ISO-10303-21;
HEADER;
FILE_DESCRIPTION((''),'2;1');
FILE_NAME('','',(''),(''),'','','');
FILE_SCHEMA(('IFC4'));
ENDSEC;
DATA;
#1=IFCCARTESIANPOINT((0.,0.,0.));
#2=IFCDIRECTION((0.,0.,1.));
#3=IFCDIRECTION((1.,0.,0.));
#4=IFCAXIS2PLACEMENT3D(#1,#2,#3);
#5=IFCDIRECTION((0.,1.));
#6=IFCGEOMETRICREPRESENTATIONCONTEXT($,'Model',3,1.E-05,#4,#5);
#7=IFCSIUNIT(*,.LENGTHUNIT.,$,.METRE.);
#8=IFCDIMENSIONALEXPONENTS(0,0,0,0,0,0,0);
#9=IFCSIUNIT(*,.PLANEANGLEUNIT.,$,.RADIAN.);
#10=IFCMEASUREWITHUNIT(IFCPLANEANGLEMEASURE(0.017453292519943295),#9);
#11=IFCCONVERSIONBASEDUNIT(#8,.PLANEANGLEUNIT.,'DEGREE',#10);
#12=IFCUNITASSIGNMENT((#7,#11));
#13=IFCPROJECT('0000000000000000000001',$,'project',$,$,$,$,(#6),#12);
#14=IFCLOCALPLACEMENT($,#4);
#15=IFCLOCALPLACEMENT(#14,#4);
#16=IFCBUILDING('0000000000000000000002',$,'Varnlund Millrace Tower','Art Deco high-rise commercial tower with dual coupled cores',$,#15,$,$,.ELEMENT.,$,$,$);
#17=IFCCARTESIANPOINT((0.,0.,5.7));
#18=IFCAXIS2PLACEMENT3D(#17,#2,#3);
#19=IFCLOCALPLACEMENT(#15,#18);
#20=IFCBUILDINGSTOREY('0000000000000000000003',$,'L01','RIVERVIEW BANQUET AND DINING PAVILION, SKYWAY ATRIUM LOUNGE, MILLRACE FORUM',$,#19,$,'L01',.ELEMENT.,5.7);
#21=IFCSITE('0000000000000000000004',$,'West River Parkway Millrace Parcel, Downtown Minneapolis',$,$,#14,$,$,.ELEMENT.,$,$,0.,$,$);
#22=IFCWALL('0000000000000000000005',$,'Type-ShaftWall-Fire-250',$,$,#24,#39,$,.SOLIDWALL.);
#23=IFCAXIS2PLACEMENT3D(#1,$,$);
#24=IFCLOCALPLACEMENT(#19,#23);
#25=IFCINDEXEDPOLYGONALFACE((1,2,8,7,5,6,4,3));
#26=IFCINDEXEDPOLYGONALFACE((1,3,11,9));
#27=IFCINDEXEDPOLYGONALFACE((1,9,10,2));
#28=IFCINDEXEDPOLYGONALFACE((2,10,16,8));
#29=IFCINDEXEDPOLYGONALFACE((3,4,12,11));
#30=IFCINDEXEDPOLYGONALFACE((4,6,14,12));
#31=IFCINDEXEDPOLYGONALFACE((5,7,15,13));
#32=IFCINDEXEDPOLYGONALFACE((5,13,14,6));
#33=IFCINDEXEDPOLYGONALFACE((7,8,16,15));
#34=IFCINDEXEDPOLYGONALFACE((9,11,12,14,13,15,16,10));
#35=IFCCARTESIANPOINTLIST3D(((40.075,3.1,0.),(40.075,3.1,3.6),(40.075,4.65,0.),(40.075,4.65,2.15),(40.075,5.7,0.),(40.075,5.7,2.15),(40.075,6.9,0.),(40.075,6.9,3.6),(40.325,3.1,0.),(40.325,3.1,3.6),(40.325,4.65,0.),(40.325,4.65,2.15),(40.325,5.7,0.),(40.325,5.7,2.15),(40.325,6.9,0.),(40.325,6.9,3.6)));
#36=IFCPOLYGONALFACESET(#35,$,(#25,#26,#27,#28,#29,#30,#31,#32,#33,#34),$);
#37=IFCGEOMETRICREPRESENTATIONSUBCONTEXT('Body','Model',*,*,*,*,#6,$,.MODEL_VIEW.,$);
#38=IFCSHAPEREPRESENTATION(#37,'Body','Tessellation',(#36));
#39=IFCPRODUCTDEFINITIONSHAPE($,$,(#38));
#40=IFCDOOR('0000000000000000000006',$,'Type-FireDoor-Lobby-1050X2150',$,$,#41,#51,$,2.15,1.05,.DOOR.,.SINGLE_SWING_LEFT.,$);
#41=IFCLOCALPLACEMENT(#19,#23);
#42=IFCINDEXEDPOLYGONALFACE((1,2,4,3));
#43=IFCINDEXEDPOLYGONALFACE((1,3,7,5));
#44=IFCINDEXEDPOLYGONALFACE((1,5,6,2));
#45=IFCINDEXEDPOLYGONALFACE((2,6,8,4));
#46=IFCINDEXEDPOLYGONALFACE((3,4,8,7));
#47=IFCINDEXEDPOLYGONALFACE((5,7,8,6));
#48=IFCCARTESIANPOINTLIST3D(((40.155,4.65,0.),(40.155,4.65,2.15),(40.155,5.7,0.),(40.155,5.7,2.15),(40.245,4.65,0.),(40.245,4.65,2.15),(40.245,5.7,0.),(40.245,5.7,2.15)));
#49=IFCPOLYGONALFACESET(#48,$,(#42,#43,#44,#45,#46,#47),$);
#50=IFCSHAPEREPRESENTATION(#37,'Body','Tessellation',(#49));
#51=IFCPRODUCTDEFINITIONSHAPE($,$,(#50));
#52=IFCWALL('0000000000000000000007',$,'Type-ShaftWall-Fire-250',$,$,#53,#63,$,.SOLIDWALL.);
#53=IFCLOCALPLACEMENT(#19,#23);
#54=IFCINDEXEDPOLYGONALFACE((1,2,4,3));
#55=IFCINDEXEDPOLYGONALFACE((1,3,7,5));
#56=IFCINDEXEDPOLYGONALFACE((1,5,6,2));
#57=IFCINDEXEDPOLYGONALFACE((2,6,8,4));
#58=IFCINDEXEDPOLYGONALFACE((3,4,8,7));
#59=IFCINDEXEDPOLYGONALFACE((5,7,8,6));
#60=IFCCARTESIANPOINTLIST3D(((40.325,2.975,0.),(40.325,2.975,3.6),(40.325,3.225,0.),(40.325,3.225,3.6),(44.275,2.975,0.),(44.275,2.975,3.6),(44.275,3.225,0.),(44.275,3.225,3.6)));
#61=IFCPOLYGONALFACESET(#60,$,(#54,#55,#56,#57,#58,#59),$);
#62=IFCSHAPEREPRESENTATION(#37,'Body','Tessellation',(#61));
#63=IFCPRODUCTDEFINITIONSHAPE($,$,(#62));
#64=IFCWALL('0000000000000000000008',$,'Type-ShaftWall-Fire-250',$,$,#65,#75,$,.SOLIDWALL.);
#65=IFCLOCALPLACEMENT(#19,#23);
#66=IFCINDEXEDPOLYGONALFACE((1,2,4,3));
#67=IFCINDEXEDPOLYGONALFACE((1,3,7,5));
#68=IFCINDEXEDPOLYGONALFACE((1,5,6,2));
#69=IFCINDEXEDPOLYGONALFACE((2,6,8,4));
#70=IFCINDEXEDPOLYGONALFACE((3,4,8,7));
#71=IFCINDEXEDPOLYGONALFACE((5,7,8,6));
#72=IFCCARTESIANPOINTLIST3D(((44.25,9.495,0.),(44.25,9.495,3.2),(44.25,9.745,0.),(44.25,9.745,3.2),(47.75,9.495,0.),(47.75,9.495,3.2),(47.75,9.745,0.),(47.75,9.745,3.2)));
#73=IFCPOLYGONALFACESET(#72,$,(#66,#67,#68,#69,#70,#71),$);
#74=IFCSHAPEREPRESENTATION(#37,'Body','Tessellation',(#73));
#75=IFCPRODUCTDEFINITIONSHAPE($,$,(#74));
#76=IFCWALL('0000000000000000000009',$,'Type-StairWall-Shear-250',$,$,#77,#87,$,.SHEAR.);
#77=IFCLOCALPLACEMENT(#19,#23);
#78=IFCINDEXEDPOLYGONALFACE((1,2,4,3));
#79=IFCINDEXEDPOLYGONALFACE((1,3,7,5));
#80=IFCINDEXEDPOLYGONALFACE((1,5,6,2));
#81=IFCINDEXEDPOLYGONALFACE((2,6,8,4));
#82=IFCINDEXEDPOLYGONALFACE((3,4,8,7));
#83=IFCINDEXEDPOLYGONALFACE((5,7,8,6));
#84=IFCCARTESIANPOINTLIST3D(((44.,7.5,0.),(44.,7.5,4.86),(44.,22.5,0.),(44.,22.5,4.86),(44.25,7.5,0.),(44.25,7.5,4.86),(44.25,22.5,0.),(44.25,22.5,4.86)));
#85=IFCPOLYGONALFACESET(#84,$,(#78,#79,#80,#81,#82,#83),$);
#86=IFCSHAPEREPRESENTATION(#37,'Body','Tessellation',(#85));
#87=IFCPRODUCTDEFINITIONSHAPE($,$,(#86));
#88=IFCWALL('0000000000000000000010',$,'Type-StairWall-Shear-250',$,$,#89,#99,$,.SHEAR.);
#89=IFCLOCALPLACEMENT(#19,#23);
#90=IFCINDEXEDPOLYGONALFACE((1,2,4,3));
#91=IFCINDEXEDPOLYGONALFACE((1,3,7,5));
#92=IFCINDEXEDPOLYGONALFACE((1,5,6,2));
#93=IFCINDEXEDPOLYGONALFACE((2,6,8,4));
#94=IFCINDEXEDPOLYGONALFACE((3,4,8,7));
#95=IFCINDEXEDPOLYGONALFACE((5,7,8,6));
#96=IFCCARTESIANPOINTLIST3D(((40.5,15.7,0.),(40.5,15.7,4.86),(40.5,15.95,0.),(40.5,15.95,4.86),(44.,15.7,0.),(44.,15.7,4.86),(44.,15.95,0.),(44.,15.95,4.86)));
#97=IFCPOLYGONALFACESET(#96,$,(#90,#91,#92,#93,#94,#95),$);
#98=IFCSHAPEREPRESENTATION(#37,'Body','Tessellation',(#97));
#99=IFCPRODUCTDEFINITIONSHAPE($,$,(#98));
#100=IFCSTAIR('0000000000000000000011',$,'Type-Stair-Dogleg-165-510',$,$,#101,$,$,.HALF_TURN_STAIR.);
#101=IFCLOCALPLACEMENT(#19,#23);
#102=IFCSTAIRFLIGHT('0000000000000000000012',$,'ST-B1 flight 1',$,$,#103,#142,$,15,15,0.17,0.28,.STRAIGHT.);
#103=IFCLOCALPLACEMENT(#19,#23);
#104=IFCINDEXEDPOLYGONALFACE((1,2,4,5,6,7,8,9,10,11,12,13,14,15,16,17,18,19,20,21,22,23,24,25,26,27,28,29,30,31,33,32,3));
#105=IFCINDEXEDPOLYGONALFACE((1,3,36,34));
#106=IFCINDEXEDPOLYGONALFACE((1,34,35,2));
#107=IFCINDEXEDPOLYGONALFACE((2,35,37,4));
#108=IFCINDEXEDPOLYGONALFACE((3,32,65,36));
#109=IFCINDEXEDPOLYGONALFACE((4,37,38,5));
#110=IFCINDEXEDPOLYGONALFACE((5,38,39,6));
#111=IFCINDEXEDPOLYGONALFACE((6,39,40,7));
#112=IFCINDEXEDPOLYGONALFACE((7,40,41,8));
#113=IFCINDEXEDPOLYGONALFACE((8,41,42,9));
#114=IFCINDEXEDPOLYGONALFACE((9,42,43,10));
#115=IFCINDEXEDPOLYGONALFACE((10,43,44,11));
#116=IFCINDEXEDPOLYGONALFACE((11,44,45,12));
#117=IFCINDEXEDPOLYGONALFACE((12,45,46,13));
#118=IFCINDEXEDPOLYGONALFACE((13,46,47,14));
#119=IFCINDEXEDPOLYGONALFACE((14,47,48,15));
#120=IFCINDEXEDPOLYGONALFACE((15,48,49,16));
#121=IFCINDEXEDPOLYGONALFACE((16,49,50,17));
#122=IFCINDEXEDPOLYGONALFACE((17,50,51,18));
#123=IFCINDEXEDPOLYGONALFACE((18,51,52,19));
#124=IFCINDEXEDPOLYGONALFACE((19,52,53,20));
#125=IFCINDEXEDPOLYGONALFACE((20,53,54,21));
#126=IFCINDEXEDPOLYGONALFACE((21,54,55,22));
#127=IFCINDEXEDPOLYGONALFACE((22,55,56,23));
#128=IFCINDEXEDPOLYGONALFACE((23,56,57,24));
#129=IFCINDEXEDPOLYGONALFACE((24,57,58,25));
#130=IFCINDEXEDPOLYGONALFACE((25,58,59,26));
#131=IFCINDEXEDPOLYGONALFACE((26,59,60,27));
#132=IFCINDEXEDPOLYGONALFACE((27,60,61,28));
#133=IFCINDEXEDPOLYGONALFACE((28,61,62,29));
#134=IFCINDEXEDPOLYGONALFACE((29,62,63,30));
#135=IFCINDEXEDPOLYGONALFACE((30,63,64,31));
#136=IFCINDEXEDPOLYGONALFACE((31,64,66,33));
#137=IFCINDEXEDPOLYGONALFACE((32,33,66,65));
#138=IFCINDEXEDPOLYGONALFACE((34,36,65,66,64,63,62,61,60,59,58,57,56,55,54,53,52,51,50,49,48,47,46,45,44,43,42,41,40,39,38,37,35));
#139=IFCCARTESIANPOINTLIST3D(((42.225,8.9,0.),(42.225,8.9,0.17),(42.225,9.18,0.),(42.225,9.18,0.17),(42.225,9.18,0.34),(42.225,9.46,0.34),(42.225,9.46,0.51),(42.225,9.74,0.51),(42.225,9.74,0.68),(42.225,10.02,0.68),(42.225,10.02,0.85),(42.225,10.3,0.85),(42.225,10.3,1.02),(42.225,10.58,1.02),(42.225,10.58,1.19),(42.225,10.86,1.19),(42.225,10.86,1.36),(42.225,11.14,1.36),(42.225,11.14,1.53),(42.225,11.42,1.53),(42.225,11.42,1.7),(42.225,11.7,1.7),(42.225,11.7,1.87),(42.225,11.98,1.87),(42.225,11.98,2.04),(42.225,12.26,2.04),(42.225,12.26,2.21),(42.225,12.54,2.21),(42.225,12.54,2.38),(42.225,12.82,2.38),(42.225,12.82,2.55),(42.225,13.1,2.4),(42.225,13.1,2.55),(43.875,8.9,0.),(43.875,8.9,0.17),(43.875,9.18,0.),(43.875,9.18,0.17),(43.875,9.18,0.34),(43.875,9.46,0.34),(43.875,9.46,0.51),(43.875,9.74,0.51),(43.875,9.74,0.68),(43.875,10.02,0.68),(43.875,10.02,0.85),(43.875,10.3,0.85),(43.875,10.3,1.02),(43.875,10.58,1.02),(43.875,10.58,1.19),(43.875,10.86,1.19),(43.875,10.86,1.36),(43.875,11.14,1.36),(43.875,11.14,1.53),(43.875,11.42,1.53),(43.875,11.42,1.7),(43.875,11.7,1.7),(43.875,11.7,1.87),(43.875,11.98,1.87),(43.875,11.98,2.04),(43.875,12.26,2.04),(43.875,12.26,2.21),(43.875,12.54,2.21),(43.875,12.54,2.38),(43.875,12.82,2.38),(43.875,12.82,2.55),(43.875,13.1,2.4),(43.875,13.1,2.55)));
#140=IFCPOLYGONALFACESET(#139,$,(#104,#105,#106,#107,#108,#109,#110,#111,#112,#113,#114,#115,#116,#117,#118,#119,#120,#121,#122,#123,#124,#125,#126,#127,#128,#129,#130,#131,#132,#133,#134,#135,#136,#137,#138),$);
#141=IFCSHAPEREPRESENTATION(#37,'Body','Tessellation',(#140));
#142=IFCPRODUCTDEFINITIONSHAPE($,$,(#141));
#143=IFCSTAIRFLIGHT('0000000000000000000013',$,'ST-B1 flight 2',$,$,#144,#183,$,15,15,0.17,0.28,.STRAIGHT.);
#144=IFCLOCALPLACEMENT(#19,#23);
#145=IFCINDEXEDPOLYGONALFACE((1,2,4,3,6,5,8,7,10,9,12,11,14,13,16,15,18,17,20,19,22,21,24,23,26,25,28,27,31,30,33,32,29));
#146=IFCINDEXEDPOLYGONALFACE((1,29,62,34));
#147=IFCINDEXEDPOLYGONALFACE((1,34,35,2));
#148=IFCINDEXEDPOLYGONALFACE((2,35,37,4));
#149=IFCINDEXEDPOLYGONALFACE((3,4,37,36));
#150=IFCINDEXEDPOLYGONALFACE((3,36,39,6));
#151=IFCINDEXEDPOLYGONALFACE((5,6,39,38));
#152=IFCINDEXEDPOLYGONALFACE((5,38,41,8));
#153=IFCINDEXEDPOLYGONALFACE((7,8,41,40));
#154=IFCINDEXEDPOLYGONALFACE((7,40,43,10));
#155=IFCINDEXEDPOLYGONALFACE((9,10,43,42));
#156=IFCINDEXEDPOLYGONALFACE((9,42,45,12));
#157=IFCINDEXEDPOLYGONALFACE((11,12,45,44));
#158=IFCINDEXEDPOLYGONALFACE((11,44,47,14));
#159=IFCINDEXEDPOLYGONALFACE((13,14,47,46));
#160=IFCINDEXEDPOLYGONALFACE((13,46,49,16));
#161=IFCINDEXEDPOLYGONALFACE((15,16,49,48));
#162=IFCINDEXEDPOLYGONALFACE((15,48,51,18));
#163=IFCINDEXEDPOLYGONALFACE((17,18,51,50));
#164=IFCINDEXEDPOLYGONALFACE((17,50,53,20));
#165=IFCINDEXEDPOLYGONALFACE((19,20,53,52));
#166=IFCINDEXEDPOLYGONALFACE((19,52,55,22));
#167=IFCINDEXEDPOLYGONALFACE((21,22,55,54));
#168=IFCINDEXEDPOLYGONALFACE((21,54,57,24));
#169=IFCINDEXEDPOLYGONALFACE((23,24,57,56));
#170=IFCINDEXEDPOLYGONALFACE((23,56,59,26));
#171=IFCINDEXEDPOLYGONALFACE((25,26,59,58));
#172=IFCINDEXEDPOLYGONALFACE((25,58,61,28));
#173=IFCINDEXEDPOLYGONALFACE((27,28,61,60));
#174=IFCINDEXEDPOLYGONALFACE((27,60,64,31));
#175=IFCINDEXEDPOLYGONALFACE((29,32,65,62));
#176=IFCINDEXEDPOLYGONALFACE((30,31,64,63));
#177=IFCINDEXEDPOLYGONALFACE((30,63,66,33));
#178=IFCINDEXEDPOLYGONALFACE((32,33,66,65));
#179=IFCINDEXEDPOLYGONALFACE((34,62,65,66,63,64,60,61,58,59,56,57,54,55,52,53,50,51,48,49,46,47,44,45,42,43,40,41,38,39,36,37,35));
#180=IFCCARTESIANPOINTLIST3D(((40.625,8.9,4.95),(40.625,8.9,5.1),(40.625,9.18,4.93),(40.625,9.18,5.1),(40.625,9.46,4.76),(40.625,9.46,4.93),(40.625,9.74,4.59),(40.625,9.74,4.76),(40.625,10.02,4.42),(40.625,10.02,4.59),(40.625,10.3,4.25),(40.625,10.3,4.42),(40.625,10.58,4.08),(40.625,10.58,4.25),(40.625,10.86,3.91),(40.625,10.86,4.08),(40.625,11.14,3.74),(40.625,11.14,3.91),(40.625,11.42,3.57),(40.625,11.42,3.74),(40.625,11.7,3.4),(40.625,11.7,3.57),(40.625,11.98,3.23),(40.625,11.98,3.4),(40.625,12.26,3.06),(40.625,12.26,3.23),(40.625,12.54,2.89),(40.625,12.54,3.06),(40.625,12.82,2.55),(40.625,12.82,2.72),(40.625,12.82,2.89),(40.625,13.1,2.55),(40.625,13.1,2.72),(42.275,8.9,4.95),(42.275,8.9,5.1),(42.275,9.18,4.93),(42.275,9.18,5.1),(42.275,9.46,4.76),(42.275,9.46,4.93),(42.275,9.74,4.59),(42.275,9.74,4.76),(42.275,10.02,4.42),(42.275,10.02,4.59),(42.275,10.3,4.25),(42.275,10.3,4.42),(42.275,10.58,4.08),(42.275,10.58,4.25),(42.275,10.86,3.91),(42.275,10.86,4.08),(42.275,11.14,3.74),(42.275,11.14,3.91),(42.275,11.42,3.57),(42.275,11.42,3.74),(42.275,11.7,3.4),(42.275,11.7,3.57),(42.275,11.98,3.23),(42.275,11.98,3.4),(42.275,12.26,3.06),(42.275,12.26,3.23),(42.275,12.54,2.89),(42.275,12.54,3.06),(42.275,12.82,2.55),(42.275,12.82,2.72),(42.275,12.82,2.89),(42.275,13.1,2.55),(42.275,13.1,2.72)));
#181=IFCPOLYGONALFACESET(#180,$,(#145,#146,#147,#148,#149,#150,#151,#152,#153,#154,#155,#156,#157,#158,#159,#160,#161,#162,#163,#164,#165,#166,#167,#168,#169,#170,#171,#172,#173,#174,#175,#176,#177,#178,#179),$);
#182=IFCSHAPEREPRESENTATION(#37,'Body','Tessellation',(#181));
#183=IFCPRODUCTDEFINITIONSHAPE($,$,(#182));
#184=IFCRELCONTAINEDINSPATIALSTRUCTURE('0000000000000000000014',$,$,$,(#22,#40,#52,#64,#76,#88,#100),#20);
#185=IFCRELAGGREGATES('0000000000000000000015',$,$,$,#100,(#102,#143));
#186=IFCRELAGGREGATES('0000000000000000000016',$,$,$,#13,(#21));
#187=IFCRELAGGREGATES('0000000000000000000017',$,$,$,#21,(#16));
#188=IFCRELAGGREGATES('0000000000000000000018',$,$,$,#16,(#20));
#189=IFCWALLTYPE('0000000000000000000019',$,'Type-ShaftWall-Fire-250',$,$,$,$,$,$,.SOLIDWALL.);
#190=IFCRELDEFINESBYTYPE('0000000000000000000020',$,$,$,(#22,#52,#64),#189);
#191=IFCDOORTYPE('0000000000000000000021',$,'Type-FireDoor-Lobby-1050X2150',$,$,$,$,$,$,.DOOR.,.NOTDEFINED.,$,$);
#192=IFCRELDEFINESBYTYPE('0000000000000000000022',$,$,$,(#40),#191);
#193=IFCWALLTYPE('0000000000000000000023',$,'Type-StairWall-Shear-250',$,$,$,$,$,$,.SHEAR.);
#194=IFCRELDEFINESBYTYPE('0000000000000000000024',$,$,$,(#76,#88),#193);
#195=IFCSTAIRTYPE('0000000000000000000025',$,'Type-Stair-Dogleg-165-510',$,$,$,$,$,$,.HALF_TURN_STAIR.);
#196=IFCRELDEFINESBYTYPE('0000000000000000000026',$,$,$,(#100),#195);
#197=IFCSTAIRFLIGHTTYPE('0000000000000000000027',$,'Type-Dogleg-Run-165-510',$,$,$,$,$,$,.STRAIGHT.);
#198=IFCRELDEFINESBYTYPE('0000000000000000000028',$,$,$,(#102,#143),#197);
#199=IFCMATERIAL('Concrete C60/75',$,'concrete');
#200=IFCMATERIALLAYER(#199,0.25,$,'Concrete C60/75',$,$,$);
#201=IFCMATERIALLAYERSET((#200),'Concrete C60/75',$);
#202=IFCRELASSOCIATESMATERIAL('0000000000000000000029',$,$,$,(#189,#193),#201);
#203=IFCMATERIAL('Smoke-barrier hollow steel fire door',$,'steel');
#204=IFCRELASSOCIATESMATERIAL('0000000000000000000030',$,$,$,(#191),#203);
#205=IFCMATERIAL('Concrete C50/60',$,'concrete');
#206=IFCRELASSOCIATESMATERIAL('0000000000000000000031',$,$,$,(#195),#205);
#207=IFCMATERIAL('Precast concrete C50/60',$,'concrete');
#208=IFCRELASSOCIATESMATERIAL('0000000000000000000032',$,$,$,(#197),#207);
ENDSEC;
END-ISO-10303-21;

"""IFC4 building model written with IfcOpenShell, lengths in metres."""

from ifc_helpers import new_model, entity, si_unit, converted_unit, direction, frame, origin_with_axes, origin_2d_with_axis, place, context, subcontext, project, spatial, polyline, rectangle, outline, extrude, material, layer, layer_set, type_object, element, fill, aggregate, save


model = new_model("IFC4")

# Units and contexts
model_context = context("Model", 3, precision=1e-05, world=origin_with_axes(), true_north=direction((0.0, 1.0)))
body_context = subcontext(model_context, "Body", "Model", "MODEL_VIEW")
ifc_project = project(units=[si_unit("LENGTHUNIT", "METRE"), converted_unit("PLANEANGLEUNIT", "DEGREE", entity("IfcPlaneAngleMeasure", 0.017453292519943295), si_unit("PLANEANGLEUNIT", "RADIAN"), dimensions=[0, 0, 0, 0, 0, 0, 0])], contexts=[model_context])

# Site, building, storey
site_placement = place(None, origin_with_axes())
site = spatial("IfcSite", under=ifc_project, at=site_placement, Name="West River Parkway Millrace Parcel, Downtown Minneapolis", CompositionType="ELEMENT", RefElevation=0.0)
building_placement = place(site_placement, origin_with_axes())
building = spatial("IfcBuilding", under=site, at=building_placement, Name="Varnlund Millrace Tower", Description="Art Deco high-rise commercial tower with dual coupled cores", CompositionType="ELEMENT")
storey_placement = place(building_placement, frame((0.0, 0.0, 5.7), z_axis=(0.0, 0.0, 1.0), x_axis=(1.0, 0.0, 0.0)))
storey = spatial("IfcBuildingStorey", under=building, at=storey_placement, Name="L01", Description="RIVERVIEW BANQUET AND DINING PAVILION, SKYWAY ATRIUM LOUNGE, MILLRACE FORUM", LongName="L01", CompositionType="ELEMENT", Elevation=5.7)

# Shared definitions
ifc_material_1 = material(Name="Concrete C60/75", Category="concrete")
ifc_layer_1 = layer(ifc_material_1, 0.25, Name="Concrete C60/75")
ifc_layer_set_1 = layer_set([ifc_layer_1], Name="Concrete C60/75")
wall_type_1 = type_object("IfcWallType", Name="Type-ShaftWall-Fire-250", PredefinedType="SOLIDWALL", material=ifc_layer_set_1)

# Wall, opening, door
wall_1_placement = place(storey_placement, frame((40.2, 3.1, 0.0), z_axis=(0.0, 0.0, 1.0), x_axis=(0.0, 1.0, 0.0)))
wall_1 = element("IfcWall", 1, at=wall_1_placement, inside=storey, type_object=wall_type_1, Name="Type-ShaftWall-Fire-250", PredefinedType="SOLIDWALL", context=body_context, shape_type="SweptSolid", body=[
    extrude(outline(polyline([(0.0, -0.125), (3.8, -0.125), (3.8, 0.125), (0.0, 0.125), (0.0, -0.125)])), origin_with_axes(), (0.0, 0.0, 1.0), 3.6),
])
opening_1_placement = place(wall_1_placement, frame((2.075, 0.0, 0.0), z_axis=(0.0, 0.0, 1.0), x_axis=(1.0, 0.0, 0.0)))
opening_1 = element("IfcOpeningElement", 2, at=opening_1_placement, cuts=wall_1, PredefinedType="OPENING", context=body_context, shape_type="SweptSolid", body=[
    extrude(rectangle(XDim=1.05, YDim=0.27, at=origin_2d_with_axis()), origin_with_axes(), (0.0, 0.0, 1.0), 2.15),
])
ifc_material_2 = material(Name="Smoke-barrier hollow steel fire door", Category="steel")
door_type_1 = type_object("IfcDoorType", Name="Type-FireDoor-Lobby-1050X2150", OperationType="NOTDEFINED", PredefinedType="DOOR", material=ifc_material_2)
door_1_placement = place(wall_1_placement, frame((2.075, 0.0, 0.0), z_axis=(0.0, 0.0, 1.0), x_axis=(1.0, 0.0, 0.0)))
door_1 = element("IfcDoor", 3, at=door_1_placement, inside=storey, type_object=door_type_1, Name="Type-FireDoor-Lobby-1050X2150", OperationType="SINGLE_SWING_LEFT", OverallHeight=2.15, OverallWidth=1.05, PredefinedType="DOOR", context=body_context, shape_type="SweptSolid", body=[
    extrude(rectangle(XDim=1.05, YDim=0.09, at=origin_2d_with_axis()), origin_with_axes(), (0.0, 0.0, 1.0), 2.15),
])
fill(opening_1, door_1)

# Walls
wall_2_placement = place(storey_placement, frame((40.325, 3.1, 0.0), z_axis=(0.0, 0.0, 1.0), x_axis=(1.0, 0.0, 0.0)))
element("IfcWall", 4, at=wall_2_placement, inside=storey, type_object=wall_type_1, Name="Type-ShaftWall-Fire-250", PredefinedType="SOLIDWALL", context=body_context, shape_type="SweptSolid", body=[
    extrude(outline(polyline([(0.0, -0.125), (3.95, -0.125), (3.95, 0.125), (0.0, 0.125), (0.0, -0.125)])), origin_with_axes(), (0.0, 0.0, 1.0), 3.6),
])
wall_3_placement = place(storey_placement, frame((44.25, 9.62, 0.0), z_axis=(0.0, 0.0, 1.0), x_axis=(1.0, 0.0, 0.0)))
element("IfcWall", 5, at=wall_3_placement, inside=storey, type_object=wall_type_1, Name="Type-ShaftWall-Fire-250", PredefinedType="SOLIDWALL", context=body_context, shape_type="SweptSolid", body=[
    extrude(outline(polyline([(0.0, -0.125), (3.5, -0.125), (3.5, 0.125), (0.0, 0.125), (0.0, -0.125)])), origin_with_axes(), (0.0, 0.0, 1.0), 3.2),
])
wall_type_2 = type_object("IfcWallType", Name="Type-StairWall-Shear-250", PredefinedType="SHEAR", material=ifc_layer_set_1)
wall_4_placement = place(storey_placement, frame((44.125, 7.5, 0.0), z_axis=(0.0, 0.0, 1.0), x_axis=(0.0, 1.0, 0.0)))
element("IfcWall", 6, at=wall_4_placement, inside=storey, type_object=wall_type_2, Name="Type-StairWall-Shear-250", PredefinedType="SHEAR", context=body_context, shape_type="SweptSolid", body=[
    extrude(outline(polyline([(0.0, -0.125), (15.0, -0.125), (15.0, 0.125), (0.0, 0.125), (0.0, -0.125)])), origin_with_axes(), (0.0, 0.0, 1.0), 4.86),
])
wall_5_placement = place(storey_placement, frame((40.5, 15.825, 0.0), z_axis=(0.0, 0.0, 1.0), x_axis=(1.0, 0.0, 0.0)))
element("IfcWall", 7, at=wall_5_placement, inside=storey, type_object=wall_type_2, Name="Type-StairWall-Shear-250", PredefinedType="SHEAR", context=body_context, shape_type="SweptSolid", body=[
    extrude(outline(polyline([(0.0, -0.125), (3.5, -0.125), (3.5, 0.125), (0.0, 0.125), (0.0, -0.125)])), origin_with_axes(), (0.0, 0.0, 1.0), 4.86),
])

# Stair, stair flights
ifc_material_3 = material(Name="Concrete C50/60", Category="concrete")
stair_type = type_object("IfcStairType", Name="Type-Stair-Dogleg-165-510", PredefinedType="HALF_TURN_STAIR", material=ifc_material_3)
stair_placement = place(storey_placement, origin_with_axes())
stair = element("IfcStair", 8, at=stair_placement, inside=storey, type_object=stair_type, Name="Type-Stair-Dogleg-165-510", PredefinedType="HALF_TURN_STAIR")
ifc_material_4 = material(Name="Precast concrete C50/60", Category="concrete")
stair_flight_type = type_object("IfcStairFlightType", Name="Type-Dogleg-Run-165-510", PredefinedType="STRAIGHT", material=ifc_material_4)
stair_flight_1_placement = place(storey_placement, frame((42.225, 8.9, 0.0), z_axis=(1.0, 0.0, 0.0), x_axis=(0.0, 1.0, 0.0)))
stair_flight_1 = element("IfcStairFlight", 9, at=stair_flight_1_placement, type_object=stair_flight_type, Name="ST-B1 flight 1", NumberOfRisers=15, NumberOfTreads=15, PredefinedType="STRAIGHT", RiserHeight=0.17, TreadLength=0.28, context=body_context, shape_type="SweptSolid", body=[
    extrude(outline(polyline([(0.0, 0.0), (0.0, 0.17), (0.28, 0.17), (0.28, 0.34), (0.56, 0.34), (0.56, 0.51), (0.84, 0.51), (0.84, 0.68), (1.12, 0.68), (1.12, 0.85), (1.4, 0.85), (1.4, 1.02), (1.68, 1.02), (1.68, 1.19), (1.96, 1.19), (1.96, 1.36), (2.24, 1.36), (2.24, 1.53), (2.52, 1.53), (2.52, 1.7), (2.8, 1.7), (2.8, 1.87), (3.08, 1.87), (3.08, 2.04), (3.36, 2.04), (3.36, 2.21), (3.64, 2.21), (3.64, 2.38), (3.92, 2.38), (3.92, 2.55), (4.2, 2.55), (4.2, 2.4), (0.28, 0.0), (0.0, 0.0)])), origin_with_axes(), (0.0, 0.0, 1.0), 1.65),
])
stair_flight_2_placement = place(storey_placement, frame((42.275, 13.1, 2.55), z_axis=(-1.0, 0.0, 0.0), x_axis=(0.0, -1.0, 0.0)))
stair_flight_2 = element("IfcStairFlight", 10, at=stair_flight_2_placement, type_object=stair_flight_type, Name="ST-B1 flight 2", NumberOfRisers=15, NumberOfTreads=15, PredefinedType="STRAIGHT", RiserHeight=0.17, TreadLength=0.28, context=body_context, shape_type="SweptSolid", body=[
    extrude(outline(polyline([(0.0, 0.0), (0.0, 0.17), (0.28, 0.17), (0.28, 0.34), (0.56, 0.34), (0.56, 0.51), (0.84, 0.51), (0.84, 0.68), (1.12, 0.68), (1.12, 0.85), (1.4, 0.85), (1.4, 1.02), (1.68, 1.02), (1.68, 1.19), (1.96, 1.19), (1.96, 1.36), (2.24, 1.36), (2.24, 1.53), (2.52, 1.53), (2.52, 1.7), (2.8, 1.7), (2.8, 1.87), (3.08, 1.87), (3.08, 2.04), (3.36, 2.04), (3.36, 2.21), (3.64, 2.21), (3.64, 2.38), (3.92, 2.38), (3.92, 2.55), (4.2, 2.55), (4.2, 2.4), (0.28, 0.0), (0.0, 0.0)])), origin_with_axes(), (0.0, 0.0, 1.0), 1.65),
])
aggregate(stair, [stair_flight_1, stair_flight_2])

save(model, "model.ifc")
